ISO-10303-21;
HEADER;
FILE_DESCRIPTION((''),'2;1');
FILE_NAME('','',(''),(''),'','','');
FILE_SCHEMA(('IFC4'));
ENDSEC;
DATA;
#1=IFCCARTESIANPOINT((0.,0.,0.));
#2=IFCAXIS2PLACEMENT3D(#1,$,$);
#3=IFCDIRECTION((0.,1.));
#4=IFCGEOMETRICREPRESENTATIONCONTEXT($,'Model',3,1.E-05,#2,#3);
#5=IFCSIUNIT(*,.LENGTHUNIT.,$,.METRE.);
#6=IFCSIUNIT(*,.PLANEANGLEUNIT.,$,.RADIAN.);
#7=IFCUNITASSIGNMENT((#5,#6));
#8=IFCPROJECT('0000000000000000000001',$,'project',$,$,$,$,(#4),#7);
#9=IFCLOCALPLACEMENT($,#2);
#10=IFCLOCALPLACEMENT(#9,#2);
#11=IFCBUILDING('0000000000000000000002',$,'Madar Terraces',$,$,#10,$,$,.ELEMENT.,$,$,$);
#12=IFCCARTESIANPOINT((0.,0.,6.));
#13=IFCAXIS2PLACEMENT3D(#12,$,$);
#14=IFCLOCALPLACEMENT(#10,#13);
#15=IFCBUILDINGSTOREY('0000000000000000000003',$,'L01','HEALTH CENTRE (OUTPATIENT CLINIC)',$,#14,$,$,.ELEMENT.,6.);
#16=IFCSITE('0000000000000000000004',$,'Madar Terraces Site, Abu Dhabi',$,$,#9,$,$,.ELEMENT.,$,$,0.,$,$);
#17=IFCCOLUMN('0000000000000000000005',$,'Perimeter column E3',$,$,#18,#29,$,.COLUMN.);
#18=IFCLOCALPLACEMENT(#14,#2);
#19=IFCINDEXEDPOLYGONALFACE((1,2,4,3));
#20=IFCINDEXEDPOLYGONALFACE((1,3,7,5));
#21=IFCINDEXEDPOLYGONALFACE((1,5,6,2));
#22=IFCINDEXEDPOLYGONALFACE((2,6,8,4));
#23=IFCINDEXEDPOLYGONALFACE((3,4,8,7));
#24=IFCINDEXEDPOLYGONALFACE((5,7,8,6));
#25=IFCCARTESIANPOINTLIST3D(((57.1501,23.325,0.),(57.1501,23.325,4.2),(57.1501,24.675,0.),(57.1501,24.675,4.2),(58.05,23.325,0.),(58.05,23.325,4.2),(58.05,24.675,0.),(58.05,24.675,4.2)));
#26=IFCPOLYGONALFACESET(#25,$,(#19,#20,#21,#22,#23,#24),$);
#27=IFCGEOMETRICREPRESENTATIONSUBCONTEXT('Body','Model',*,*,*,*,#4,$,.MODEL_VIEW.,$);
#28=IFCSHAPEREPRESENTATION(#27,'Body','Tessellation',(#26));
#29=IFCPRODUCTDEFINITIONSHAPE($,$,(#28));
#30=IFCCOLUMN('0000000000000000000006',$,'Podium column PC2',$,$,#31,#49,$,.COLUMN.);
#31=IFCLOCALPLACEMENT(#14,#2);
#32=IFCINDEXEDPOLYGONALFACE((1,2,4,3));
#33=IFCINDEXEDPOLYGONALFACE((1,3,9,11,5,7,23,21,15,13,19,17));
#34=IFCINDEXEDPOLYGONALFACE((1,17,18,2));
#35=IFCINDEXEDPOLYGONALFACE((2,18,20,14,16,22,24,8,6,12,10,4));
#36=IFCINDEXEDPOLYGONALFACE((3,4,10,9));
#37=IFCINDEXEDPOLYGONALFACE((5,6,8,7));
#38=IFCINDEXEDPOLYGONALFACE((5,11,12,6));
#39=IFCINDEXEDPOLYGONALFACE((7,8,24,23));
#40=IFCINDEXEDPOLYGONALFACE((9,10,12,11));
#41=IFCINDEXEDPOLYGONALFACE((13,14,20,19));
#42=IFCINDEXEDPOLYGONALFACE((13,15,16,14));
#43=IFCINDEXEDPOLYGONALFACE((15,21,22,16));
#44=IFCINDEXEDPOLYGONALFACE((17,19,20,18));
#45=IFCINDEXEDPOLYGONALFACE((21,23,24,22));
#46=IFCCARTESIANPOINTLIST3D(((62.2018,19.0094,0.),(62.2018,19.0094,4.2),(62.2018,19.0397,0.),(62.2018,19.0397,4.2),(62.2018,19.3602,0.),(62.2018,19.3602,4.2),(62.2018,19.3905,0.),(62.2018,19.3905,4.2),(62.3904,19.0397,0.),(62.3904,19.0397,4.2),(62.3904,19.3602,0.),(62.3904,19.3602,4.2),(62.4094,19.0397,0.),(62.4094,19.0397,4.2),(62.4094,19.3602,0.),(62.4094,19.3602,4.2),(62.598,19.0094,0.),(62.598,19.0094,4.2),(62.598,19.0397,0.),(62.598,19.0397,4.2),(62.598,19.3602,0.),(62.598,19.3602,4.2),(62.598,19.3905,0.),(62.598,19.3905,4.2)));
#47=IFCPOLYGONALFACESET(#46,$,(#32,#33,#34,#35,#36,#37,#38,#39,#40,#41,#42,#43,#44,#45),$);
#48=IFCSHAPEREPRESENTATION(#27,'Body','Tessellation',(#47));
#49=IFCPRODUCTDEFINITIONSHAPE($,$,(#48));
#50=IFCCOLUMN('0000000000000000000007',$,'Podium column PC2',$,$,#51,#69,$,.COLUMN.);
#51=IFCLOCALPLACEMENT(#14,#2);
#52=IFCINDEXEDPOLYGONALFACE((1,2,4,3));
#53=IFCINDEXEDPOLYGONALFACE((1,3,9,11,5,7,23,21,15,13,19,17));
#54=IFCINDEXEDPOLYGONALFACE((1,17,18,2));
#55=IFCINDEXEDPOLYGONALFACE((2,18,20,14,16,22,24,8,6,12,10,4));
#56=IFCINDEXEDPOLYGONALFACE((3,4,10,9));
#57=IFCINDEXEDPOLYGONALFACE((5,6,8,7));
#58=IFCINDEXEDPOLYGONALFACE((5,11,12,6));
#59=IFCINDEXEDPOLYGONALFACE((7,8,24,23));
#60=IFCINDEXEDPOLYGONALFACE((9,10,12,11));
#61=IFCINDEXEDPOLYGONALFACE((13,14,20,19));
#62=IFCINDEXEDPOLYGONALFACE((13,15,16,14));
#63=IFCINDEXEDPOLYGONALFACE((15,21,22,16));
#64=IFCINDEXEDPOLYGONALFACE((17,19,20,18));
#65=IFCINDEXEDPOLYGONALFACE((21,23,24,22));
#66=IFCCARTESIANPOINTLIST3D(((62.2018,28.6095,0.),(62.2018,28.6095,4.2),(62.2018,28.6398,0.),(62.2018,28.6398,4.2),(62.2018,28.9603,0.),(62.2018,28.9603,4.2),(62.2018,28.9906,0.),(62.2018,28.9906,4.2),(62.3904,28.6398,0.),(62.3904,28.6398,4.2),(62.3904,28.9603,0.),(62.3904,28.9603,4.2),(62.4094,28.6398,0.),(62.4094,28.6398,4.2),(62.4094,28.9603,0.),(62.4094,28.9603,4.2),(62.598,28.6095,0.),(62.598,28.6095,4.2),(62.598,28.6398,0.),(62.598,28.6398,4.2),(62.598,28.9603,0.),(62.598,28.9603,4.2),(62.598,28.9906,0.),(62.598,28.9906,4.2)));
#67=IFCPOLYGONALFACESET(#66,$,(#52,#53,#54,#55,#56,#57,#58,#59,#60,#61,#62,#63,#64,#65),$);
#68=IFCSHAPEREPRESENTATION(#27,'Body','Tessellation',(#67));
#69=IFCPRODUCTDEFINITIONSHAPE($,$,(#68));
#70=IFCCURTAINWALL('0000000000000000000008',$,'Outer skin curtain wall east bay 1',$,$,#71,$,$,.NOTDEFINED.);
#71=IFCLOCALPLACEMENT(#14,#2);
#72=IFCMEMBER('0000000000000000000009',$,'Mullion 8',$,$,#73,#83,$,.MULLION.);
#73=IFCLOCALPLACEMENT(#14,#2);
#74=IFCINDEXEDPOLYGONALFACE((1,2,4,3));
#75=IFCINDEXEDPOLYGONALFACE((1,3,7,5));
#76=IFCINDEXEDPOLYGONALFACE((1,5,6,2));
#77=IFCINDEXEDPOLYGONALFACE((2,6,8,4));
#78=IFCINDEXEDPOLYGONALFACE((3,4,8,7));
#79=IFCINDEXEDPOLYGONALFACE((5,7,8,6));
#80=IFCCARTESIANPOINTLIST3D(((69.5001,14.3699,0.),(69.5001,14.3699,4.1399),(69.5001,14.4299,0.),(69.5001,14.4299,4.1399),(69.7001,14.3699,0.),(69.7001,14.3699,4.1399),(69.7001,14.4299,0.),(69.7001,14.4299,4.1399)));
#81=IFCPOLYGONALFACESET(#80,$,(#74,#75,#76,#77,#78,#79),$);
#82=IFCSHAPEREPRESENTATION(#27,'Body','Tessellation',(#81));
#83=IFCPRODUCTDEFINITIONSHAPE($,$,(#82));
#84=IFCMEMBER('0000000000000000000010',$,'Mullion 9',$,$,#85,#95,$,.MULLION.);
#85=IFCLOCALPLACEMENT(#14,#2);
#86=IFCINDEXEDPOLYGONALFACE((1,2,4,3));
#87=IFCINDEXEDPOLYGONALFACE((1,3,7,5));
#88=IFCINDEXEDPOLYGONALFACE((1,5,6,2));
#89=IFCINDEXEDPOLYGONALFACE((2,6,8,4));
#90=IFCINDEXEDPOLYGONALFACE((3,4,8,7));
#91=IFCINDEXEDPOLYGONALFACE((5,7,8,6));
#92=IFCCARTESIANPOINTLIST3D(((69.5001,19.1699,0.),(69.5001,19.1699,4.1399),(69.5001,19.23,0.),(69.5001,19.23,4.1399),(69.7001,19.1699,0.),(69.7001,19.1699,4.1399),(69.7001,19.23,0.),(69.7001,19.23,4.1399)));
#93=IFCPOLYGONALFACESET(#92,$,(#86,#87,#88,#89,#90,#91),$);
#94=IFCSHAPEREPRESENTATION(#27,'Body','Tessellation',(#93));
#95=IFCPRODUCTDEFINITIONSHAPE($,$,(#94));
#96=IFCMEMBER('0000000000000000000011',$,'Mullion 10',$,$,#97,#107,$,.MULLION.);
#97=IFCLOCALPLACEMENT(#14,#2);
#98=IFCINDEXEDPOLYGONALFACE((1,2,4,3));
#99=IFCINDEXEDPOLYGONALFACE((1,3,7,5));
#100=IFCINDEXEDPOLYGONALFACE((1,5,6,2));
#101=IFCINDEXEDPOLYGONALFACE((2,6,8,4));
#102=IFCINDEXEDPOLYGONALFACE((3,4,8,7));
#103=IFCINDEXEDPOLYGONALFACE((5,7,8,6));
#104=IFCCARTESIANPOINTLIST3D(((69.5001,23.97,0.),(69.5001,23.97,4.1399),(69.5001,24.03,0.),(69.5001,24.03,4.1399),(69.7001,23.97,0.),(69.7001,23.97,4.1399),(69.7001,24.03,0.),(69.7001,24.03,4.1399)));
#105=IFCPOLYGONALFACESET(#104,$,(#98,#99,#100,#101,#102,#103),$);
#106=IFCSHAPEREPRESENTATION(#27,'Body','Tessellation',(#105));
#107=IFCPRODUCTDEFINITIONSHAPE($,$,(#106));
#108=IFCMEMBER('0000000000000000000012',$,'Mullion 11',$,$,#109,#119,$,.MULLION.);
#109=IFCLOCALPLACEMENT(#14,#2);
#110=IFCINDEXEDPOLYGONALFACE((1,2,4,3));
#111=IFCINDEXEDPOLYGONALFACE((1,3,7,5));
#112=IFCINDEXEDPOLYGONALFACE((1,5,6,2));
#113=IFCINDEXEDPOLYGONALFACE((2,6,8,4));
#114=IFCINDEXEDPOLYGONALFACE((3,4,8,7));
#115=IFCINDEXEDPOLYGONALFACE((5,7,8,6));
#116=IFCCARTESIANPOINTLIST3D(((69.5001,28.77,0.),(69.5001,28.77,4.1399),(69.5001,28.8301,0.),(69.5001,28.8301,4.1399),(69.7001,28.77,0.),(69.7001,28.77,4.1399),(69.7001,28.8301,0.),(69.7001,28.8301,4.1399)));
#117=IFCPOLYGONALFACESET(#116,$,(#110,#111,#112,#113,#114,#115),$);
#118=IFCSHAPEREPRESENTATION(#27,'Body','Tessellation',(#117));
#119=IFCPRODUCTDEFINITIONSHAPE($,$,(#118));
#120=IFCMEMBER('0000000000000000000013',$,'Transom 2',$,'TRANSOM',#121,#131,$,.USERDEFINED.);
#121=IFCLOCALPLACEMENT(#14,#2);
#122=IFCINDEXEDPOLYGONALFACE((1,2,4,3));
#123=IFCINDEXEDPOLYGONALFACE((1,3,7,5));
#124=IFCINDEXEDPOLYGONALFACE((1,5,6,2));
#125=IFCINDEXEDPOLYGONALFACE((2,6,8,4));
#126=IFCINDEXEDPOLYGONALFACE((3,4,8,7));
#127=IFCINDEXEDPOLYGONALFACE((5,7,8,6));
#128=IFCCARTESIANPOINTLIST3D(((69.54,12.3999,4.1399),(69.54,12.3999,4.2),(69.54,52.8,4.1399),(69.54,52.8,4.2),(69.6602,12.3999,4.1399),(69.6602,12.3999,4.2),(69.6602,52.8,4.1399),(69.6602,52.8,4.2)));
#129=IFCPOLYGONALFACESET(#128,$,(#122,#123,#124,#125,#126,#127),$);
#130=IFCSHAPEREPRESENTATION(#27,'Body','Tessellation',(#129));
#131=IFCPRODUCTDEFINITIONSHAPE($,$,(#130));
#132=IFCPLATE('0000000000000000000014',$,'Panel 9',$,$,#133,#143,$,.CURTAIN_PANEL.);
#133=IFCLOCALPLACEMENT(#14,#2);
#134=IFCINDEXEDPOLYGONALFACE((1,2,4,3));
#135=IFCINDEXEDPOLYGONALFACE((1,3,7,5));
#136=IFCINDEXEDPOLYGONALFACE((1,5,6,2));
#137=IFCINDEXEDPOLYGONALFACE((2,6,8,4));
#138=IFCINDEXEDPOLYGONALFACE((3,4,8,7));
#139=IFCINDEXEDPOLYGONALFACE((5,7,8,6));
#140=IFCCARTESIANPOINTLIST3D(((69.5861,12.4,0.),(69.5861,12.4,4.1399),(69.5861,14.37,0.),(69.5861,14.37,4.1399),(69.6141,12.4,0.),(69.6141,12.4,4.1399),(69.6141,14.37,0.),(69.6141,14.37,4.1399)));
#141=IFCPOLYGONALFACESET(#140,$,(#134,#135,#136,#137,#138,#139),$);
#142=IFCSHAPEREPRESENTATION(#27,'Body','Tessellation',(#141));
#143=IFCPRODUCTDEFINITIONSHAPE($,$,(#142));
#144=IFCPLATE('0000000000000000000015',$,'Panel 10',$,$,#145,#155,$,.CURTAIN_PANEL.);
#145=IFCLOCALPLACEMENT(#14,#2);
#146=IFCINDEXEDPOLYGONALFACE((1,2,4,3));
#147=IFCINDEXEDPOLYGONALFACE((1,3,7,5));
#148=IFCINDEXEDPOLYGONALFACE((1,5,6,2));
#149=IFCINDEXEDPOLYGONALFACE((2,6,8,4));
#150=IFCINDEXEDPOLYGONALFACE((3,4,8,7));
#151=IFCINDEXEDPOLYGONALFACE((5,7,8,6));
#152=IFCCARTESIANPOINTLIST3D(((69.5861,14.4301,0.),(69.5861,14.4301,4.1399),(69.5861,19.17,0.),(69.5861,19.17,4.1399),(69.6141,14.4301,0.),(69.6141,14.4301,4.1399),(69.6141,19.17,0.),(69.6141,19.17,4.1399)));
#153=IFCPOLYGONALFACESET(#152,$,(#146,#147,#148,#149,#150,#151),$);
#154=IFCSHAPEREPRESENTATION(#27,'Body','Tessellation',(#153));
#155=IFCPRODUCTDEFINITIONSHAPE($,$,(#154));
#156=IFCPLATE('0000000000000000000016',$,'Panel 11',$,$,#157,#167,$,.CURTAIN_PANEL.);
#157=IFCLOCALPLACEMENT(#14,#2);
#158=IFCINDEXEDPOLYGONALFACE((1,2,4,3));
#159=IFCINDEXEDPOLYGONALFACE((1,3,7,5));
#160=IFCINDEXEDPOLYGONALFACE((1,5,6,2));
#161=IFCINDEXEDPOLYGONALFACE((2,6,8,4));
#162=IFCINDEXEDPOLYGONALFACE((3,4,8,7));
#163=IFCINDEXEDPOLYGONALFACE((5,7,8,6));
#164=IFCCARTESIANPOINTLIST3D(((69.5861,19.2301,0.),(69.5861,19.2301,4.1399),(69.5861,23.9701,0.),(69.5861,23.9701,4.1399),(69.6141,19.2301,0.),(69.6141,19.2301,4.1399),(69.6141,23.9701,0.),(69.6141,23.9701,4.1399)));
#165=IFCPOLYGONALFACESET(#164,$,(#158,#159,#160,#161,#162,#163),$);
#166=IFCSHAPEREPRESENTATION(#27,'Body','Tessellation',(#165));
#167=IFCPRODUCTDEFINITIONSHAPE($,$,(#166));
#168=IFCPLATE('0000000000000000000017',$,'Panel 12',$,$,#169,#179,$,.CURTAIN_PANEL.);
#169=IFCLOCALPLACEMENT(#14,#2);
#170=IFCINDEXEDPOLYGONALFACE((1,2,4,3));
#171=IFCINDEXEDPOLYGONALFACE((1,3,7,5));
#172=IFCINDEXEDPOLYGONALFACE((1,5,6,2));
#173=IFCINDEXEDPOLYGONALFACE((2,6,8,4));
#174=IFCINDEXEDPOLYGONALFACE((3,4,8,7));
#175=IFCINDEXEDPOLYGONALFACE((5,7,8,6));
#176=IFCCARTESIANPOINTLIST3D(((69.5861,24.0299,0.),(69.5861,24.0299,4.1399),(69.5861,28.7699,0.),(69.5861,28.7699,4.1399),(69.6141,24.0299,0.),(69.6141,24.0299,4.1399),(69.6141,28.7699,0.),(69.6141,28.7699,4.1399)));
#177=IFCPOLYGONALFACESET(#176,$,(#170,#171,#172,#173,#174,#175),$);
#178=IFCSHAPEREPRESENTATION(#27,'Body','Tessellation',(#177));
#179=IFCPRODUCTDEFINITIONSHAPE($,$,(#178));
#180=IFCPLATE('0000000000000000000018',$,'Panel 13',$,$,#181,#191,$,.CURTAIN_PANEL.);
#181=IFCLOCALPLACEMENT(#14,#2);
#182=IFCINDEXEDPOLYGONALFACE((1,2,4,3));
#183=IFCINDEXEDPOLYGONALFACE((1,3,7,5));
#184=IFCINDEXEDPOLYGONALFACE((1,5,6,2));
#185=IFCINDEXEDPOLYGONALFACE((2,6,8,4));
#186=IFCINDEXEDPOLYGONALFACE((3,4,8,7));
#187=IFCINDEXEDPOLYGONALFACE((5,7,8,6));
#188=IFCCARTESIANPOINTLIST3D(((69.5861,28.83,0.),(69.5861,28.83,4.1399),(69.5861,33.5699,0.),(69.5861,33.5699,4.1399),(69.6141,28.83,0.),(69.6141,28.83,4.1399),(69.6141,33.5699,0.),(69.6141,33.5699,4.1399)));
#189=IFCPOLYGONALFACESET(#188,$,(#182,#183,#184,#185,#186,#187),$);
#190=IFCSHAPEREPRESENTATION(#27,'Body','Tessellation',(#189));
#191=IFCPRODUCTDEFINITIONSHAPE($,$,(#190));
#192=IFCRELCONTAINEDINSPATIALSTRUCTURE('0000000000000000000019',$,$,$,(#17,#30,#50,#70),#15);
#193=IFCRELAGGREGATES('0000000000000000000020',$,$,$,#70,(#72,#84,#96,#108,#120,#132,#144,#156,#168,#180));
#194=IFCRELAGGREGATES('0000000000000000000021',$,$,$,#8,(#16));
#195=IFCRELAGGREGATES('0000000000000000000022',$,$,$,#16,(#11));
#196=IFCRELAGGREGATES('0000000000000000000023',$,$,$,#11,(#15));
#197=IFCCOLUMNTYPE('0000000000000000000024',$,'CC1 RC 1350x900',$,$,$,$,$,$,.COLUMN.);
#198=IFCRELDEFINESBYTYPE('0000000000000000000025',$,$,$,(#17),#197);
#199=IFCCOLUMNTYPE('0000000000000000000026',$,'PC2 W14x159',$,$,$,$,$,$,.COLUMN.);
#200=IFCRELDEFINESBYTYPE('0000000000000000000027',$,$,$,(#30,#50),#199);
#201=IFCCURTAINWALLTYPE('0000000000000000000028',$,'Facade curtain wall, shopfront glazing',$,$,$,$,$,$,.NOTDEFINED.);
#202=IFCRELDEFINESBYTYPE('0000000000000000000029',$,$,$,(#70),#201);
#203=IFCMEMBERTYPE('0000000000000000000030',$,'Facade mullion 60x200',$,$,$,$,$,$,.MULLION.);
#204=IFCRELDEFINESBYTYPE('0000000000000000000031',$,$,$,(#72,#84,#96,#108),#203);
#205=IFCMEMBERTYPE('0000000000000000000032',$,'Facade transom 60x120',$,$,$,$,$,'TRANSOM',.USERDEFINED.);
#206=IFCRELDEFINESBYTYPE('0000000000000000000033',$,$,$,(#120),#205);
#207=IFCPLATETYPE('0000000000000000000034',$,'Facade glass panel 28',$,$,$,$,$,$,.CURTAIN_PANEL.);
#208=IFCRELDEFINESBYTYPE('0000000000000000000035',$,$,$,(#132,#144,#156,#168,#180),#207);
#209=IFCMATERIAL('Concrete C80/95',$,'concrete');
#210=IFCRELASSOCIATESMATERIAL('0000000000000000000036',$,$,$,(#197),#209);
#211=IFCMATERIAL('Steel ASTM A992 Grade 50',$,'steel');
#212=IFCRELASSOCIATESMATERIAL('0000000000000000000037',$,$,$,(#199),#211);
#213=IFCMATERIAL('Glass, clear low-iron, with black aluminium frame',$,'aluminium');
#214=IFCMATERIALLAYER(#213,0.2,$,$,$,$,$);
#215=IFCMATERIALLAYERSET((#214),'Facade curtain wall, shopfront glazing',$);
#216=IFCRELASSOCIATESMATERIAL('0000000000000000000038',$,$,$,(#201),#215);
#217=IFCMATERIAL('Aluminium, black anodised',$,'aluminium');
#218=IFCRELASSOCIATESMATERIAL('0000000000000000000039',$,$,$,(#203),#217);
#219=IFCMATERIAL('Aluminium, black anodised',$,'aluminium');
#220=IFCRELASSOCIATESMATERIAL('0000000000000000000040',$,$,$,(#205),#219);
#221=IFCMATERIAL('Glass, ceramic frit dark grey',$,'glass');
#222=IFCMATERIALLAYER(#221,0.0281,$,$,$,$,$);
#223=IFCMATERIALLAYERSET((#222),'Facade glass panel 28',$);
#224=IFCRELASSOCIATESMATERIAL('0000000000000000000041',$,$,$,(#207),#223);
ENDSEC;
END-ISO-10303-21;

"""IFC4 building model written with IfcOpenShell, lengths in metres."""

from ifc_helpers import new_model, si_unit, direction, frame, origin, origin_2d, place, context, subcontext, project, spatial, rectangle, i_section, extrude, material, layer, layer_set, material_profile, profile_set, type_object, element, aggregate, save


model = new_model("IFC4")

# Units and contexts
model_context = context("Model", 3, precision=1e-05, world=origin(), true_north=direction((0.0, 1.0)))
body_context = subcontext(model_context, "Body", "Model", "MODEL_VIEW")
ifc_project = project(units=[si_unit("LENGTHUNIT", "METRE"), si_unit("PLANEANGLEUNIT", "RADIAN")], contexts=[model_context])

# Site, building, storey
site_placement = place(None, origin())
site = spatial("IfcSite", under=ifc_project, at=site_placement, Name="Madar Terraces Site, Abu Dhabi", CompositionType="ELEMENT", RefElevation=0.0)
building_placement = place(site_placement, origin())
building = spatial("IfcBuilding", under=site, at=building_placement, Name="Madar Terraces", CompositionType="ELEMENT")
storey_placement = place(building_placement, frame((0.0, 0.0, 6.0)))
storey = spatial("IfcBuildingStorey", under=building, at=storey_placement, Name="L01", Description="HEALTH CENTRE (OUTPATIENT CLINIC)", CompositionType="ELEMENT", Elevation=6.0)

# Columns
ifc_material_1 = material(Name="Concrete C80/95", Category="concrete")
ifc_material_profile_1 = material_profile(ifc_material_1, rectangle(XDim=1.3501, YDim=0.8999, at=origin_2d()), Name="CC1 RC 1350x900")
ifc_profile_set_1 = profile_set([ifc_material_profile_1], Name="Concrete C80/95")
column_type_1 = type_object("IfcColumnType", Name="CC1 RC 1350x900", PredefinedType="COLUMN", material=ifc_profile_set_1)
column_placement = place(storey_placement, frame((57.6001, 24.0, 0.0), z_axis=(0.0, 0.0, 1.0), x_axis=(0.0, 1.0, 0.0)))
element("IfcColumn", 1, at=column_placement, inside=storey, type_object=column_type_1, Name="Perimeter column E3", PredefinedType="COLUMN", context=body_context, shape_type="SweptSolid", body=[
    extrude(rectangle(XDim=1.3501, YDim=0.8999, at=origin_2d()), origin(), (0.0, 0.0, 1.0), 4.2),
])
ifc_material_2 = material(Name="Steel ASTM A992 Grade 50", Category="steel")
ifc_material_profile_2 = material_profile(ifc_material_2, i_section(OverallWidth=0.3962, OverallDepth=0.3811, WebThickness=0.019, FlangeThickness=0.0303, at=origin_2d()), Name="W14x159")
ifc_profile_set_2 = profile_set([ifc_material_profile_2], Name="Steel ASTM A992 Grade 50")
column_type_2 = type_object("IfcColumnType", Name="PC2 W14x159", PredefinedType="COLUMN", material=ifc_profile_set_2)
for number, where, z_axis, x_axis, name in (
    (2, (62.3999, 19.2, 0.0), (0.0, 0.0, 1.0), (1.0, 0.0, 0.0), "Podium column PC2"),
    (3, (62.3999, 28.8, 0.0), (0.0, 0.0, 1.0), (1.0, 0.0, 0.0), "Podium column PC2"),
):
    element("IfcColumn", number, at=place(storey_placement, frame(where, z_axis=z_axis, x_axis=x_axis)), inside=storey, type_object=column_type_2, Name=name, PredefinedType="COLUMN", context=body_context, shape_type="SweptSolid", body=[
        extrude(i_section(OverallWidth=0.3962, OverallDepth=0.3811, WebThickness=0.019, FlangeThickness=0.0303, at=origin_2d()), origin(), (0.0, 0.0, 1.0), 4.2),
    ])

# Curtain wall, members, plates
ifc_material_3 = material(Name="Glass, clear low-iron, with black aluminium frame", Category="aluminium")
ifc_layer_1 = layer(ifc_material_3, 0.2)
ifc_layer_set_1 = layer_set([ifc_layer_1], Name="Facade curtain wall, shopfront glazing")
curtain_wall_type = type_object("IfcCurtainWallType", Name="Facade curtain wall, shopfront glazing", PredefinedType="NOTDEFINED", material=ifc_layer_set_1)
curtain_wall_placement = place(storey_placement, origin())
curtain_wall = element("IfcCurtainWall", 4, at=curtain_wall_placement, inside=storey, type_object=curtain_wall_type, Name="Outer skin curtain wall east bay 1", PredefinedType="NOTDEFINED")
ifc_material_4 = material(Name="Aluminium, black anodised", Category="aluminium")
ifc_material_profile_3 = material_profile(ifc_material_4, rectangle(XDim=0.2, YDim=0.0601, at=origin_2d()), Name="Facade mullion 60x200")
ifc_profile_set_3 = profile_set([ifc_material_profile_3], Name="Aluminium, black anodised")
member_type_1 = type_object("IfcMemberType", Name="Facade mullion 60x200", PredefinedType="MULLION", material=ifc_profile_set_3)
member_1_placement = place(storey_placement, frame((69.6001, 14.3999, 0.0), z_axis=(0.0, 0.0, 1.0), x_axis=(-1.0, 0.0, 0.0)))
member_1 = element("IfcMember", 5, at=member_1_placement, type_object=member_type_1, Name="Mullion 8", PredefinedType="MULLION", context=body_context, shape_type="SweptSolid", body=[
    extrude(rectangle(XDim=0.2, YDim=0.0601, at=origin_2d()), origin(), (0.0, 0.0, 1.0), 4.1399),
])
member_2_placement = place(storey_placement, frame((69.6001, 19.2, 0.0), z_axis=(0.0, 0.0, 1.0), x_axis=(-1.0, 0.0, 0.0)))
member_2 = element("IfcMember", 6, at=member_2_placement, type_object=member_type_1, Name="Mullion 9", PredefinedType="MULLION", context=body_context, shape_type="SweptSolid", body=[
    extrude(rectangle(XDim=0.2, YDim=0.0601, at=origin_2d()), origin(), (0.0, 0.0, 1.0), 4.1399),
])
member_3_placement = place(storey_placement, frame((69.6001, 24.0, 0.0), z_axis=(0.0, 0.0, 1.0), x_axis=(-1.0, 0.0, 0.0)))
member_3 = element("IfcMember", 7, at=member_3_placement, type_object=member_type_1, Name="Mullion 10", PredefinedType="MULLION", context=body_context, shape_type="SweptSolid", body=[
    extrude(rectangle(XDim=0.2, YDim=0.0601, at=origin_2d()), origin(), (0.0, 0.0, 1.0), 4.1399),
])
member_4_placement = place(storey_placement, frame((69.6001, 28.8, 0.0), z_axis=(0.0, 0.0, 1.0), x_axis=(-1.0, 0.0, 0.0)))
member_4 = element("IfcMember", 8, at=member_4_placement, type_object=member_type_1, Name="Mullion 11", PredefinedType="MULLION", context=body_context, shape_type="SweptSolid", body=[
    extrude(rectangle(XDim=0.2, YDim=0.0601, at=origin_2d()), origin(), (0.0, 0.0, 1.0), 4.1399),
])
ifc_material_5 = material(Name="Aluminium, black anodised", Category="aluminium")
ifc_material_profile_4 = material_profile(ifc_material_5, rectangle(XDim=0.1201, YDim=0.0601, at=origin_2d()), Name="Facade transom 60x120")
ifc_profile_set_4 = profile_set([ifc_material_profile_4], Name="Aluminium, black anodised")
member_type_2 = type_object("IfcMemberType", Name="Facade transom 60x120", ElementType="TRANSOM", PredefinedType="USERDEFINED", material=ifc_profile_set_4)
member_5_placement = place(storey_placement, frame((69.6001, 12.3999, 4.1699), z_axis=(0.0, 1.0, 0.0), x_axis=(-1.0, 0.0, 0.0)))
member_5 = element("IfcMember", 9, at=member_5_placement, type_object=member_type_2, Name="Transom 2", ObjectType="TRANSOM", PredefinedType="USERDEFINED", context=body_context, shape_type="SweptSolid", body=[
    extrude(rectangle(XDim=0.1201, YDim=0.0601, at=origin_2d()), origin(), (0.0, 0.0, 1.0), 40.4001),
])
ifc_material_6 = material(Name="Glass, ceramic frit dark grey", Category="glass")
ifc_layer_2 = layer(ifc_material_6, 0.0281)
ifc_layer_set_2 = layer_set([ifc_layer_2], Name="Facade glass panel 28")
plate_type = type_object("IfcPlateType", Name="Facade glass panel 28", PredefinedType="CURTAIN_PANEL", material=ifc_layer_set_2)
plate_1_placement = place(storey_placement, frame((69.6001, 13.385, 0.0), z_axis=(0.0, 0.0, 1.0), x_axis=(0.0, 1.0, 0.0)))
plate_1 = element("IfcPlate", 10, at=plate_1_placement, type_object=plate_type, Name="Panel 9", PredefinedType="CURTAIN_PANEL", context=body_context, shape_type="SweptSolid", body=[
    extrude(rectangle(XDim=1.97, YDim=0.0281, at=origin_2d()), origin(), (0.0, 0.0, 1.0), 4.1399),
])
plate_2_placement = place(storey_placement, frame((69.6001, 16.8, 0.0), z_axis=(0.0, 0.0, 1.0), x_axis=(0.0, 1.0, 0.0)))
plate_2 = element("IfcPlate", 11, at=plate_2_placement, type_object=plate_type, Name="Panel 10", PredefinedType="CURTAIN_PANEL", context=body_context, shape_type="SweptSolid", body=[
    extrude(rectangle(XDim=4.74, YDim=0.0281, at=origin_2d()), origin(), (0.0, 0.0, 1.0), 4.1399),
])
plate_3_placement = place(storey_placement, frame((69.6001, 21.6001, 0.0), z_axis=(0.0, 0.0, 1.0), x_axis=(0.0, 1.0, 0.0)))
plate_3 = element("IfcPlate", 12, at=plate_3_placement, type_object=plate_type, Name="Panel 11", PredefinedType="CURTAIN_PANEL", context=body_context, shape_type="SweptSolid", body=[
    extrude(rectangle(XDim=4.74, YDim=0.0281, at=origin_2d()), origin(), (0.0, 0.0, 1.0), 4.1399),
])
plate_4_placement = place(storey_placement, frame((69.6001, 26.3999, 0.0), z_axis=(0.0, 0.0, 1.0), x_axis=(0.0, 1.0, 0.0)))
plate_4 = element("IfcPlate", 13, at=plate_4_placement, type_object=plate_type, Name="Panel 12", PredefinedType="CURTAIN_PANEL", context=body_context, shape_type="SweptSolid", body=[
    extrude(rectangle(XDim=4.74, YDim=0.0281, at=origin_2d()), origin(), (0.0, 0.0, 1.0), 4.1399),
])
plate_5_placement = place(storey_placement, frame((69.6001, 31.2, 0.0), z_axis=(0.0, 0.0, 1.0), x_axis=(0.0, 1.0, 0.0)))
plate_5 = element("IfcPlate", 14, at=plate_5_placement, type_object=plate_type, Name="Panel 13", PredefinedType="CURTAIN_PANEL", context=body_context, shape_type="SweptSolid", body=[
    extrude(rectangle(XDim=4.74, YDim=0.0281, at=origin_2d()), origin(), (0.0, 0.0, 1.0), 4.1399),
])
aggregate(curtain_wall, [member_1, member_2, member_3, member_4, member_5, plate_1, plate_2, plate_3, plate_4, plate_5])

save(model, "model.ifc")
